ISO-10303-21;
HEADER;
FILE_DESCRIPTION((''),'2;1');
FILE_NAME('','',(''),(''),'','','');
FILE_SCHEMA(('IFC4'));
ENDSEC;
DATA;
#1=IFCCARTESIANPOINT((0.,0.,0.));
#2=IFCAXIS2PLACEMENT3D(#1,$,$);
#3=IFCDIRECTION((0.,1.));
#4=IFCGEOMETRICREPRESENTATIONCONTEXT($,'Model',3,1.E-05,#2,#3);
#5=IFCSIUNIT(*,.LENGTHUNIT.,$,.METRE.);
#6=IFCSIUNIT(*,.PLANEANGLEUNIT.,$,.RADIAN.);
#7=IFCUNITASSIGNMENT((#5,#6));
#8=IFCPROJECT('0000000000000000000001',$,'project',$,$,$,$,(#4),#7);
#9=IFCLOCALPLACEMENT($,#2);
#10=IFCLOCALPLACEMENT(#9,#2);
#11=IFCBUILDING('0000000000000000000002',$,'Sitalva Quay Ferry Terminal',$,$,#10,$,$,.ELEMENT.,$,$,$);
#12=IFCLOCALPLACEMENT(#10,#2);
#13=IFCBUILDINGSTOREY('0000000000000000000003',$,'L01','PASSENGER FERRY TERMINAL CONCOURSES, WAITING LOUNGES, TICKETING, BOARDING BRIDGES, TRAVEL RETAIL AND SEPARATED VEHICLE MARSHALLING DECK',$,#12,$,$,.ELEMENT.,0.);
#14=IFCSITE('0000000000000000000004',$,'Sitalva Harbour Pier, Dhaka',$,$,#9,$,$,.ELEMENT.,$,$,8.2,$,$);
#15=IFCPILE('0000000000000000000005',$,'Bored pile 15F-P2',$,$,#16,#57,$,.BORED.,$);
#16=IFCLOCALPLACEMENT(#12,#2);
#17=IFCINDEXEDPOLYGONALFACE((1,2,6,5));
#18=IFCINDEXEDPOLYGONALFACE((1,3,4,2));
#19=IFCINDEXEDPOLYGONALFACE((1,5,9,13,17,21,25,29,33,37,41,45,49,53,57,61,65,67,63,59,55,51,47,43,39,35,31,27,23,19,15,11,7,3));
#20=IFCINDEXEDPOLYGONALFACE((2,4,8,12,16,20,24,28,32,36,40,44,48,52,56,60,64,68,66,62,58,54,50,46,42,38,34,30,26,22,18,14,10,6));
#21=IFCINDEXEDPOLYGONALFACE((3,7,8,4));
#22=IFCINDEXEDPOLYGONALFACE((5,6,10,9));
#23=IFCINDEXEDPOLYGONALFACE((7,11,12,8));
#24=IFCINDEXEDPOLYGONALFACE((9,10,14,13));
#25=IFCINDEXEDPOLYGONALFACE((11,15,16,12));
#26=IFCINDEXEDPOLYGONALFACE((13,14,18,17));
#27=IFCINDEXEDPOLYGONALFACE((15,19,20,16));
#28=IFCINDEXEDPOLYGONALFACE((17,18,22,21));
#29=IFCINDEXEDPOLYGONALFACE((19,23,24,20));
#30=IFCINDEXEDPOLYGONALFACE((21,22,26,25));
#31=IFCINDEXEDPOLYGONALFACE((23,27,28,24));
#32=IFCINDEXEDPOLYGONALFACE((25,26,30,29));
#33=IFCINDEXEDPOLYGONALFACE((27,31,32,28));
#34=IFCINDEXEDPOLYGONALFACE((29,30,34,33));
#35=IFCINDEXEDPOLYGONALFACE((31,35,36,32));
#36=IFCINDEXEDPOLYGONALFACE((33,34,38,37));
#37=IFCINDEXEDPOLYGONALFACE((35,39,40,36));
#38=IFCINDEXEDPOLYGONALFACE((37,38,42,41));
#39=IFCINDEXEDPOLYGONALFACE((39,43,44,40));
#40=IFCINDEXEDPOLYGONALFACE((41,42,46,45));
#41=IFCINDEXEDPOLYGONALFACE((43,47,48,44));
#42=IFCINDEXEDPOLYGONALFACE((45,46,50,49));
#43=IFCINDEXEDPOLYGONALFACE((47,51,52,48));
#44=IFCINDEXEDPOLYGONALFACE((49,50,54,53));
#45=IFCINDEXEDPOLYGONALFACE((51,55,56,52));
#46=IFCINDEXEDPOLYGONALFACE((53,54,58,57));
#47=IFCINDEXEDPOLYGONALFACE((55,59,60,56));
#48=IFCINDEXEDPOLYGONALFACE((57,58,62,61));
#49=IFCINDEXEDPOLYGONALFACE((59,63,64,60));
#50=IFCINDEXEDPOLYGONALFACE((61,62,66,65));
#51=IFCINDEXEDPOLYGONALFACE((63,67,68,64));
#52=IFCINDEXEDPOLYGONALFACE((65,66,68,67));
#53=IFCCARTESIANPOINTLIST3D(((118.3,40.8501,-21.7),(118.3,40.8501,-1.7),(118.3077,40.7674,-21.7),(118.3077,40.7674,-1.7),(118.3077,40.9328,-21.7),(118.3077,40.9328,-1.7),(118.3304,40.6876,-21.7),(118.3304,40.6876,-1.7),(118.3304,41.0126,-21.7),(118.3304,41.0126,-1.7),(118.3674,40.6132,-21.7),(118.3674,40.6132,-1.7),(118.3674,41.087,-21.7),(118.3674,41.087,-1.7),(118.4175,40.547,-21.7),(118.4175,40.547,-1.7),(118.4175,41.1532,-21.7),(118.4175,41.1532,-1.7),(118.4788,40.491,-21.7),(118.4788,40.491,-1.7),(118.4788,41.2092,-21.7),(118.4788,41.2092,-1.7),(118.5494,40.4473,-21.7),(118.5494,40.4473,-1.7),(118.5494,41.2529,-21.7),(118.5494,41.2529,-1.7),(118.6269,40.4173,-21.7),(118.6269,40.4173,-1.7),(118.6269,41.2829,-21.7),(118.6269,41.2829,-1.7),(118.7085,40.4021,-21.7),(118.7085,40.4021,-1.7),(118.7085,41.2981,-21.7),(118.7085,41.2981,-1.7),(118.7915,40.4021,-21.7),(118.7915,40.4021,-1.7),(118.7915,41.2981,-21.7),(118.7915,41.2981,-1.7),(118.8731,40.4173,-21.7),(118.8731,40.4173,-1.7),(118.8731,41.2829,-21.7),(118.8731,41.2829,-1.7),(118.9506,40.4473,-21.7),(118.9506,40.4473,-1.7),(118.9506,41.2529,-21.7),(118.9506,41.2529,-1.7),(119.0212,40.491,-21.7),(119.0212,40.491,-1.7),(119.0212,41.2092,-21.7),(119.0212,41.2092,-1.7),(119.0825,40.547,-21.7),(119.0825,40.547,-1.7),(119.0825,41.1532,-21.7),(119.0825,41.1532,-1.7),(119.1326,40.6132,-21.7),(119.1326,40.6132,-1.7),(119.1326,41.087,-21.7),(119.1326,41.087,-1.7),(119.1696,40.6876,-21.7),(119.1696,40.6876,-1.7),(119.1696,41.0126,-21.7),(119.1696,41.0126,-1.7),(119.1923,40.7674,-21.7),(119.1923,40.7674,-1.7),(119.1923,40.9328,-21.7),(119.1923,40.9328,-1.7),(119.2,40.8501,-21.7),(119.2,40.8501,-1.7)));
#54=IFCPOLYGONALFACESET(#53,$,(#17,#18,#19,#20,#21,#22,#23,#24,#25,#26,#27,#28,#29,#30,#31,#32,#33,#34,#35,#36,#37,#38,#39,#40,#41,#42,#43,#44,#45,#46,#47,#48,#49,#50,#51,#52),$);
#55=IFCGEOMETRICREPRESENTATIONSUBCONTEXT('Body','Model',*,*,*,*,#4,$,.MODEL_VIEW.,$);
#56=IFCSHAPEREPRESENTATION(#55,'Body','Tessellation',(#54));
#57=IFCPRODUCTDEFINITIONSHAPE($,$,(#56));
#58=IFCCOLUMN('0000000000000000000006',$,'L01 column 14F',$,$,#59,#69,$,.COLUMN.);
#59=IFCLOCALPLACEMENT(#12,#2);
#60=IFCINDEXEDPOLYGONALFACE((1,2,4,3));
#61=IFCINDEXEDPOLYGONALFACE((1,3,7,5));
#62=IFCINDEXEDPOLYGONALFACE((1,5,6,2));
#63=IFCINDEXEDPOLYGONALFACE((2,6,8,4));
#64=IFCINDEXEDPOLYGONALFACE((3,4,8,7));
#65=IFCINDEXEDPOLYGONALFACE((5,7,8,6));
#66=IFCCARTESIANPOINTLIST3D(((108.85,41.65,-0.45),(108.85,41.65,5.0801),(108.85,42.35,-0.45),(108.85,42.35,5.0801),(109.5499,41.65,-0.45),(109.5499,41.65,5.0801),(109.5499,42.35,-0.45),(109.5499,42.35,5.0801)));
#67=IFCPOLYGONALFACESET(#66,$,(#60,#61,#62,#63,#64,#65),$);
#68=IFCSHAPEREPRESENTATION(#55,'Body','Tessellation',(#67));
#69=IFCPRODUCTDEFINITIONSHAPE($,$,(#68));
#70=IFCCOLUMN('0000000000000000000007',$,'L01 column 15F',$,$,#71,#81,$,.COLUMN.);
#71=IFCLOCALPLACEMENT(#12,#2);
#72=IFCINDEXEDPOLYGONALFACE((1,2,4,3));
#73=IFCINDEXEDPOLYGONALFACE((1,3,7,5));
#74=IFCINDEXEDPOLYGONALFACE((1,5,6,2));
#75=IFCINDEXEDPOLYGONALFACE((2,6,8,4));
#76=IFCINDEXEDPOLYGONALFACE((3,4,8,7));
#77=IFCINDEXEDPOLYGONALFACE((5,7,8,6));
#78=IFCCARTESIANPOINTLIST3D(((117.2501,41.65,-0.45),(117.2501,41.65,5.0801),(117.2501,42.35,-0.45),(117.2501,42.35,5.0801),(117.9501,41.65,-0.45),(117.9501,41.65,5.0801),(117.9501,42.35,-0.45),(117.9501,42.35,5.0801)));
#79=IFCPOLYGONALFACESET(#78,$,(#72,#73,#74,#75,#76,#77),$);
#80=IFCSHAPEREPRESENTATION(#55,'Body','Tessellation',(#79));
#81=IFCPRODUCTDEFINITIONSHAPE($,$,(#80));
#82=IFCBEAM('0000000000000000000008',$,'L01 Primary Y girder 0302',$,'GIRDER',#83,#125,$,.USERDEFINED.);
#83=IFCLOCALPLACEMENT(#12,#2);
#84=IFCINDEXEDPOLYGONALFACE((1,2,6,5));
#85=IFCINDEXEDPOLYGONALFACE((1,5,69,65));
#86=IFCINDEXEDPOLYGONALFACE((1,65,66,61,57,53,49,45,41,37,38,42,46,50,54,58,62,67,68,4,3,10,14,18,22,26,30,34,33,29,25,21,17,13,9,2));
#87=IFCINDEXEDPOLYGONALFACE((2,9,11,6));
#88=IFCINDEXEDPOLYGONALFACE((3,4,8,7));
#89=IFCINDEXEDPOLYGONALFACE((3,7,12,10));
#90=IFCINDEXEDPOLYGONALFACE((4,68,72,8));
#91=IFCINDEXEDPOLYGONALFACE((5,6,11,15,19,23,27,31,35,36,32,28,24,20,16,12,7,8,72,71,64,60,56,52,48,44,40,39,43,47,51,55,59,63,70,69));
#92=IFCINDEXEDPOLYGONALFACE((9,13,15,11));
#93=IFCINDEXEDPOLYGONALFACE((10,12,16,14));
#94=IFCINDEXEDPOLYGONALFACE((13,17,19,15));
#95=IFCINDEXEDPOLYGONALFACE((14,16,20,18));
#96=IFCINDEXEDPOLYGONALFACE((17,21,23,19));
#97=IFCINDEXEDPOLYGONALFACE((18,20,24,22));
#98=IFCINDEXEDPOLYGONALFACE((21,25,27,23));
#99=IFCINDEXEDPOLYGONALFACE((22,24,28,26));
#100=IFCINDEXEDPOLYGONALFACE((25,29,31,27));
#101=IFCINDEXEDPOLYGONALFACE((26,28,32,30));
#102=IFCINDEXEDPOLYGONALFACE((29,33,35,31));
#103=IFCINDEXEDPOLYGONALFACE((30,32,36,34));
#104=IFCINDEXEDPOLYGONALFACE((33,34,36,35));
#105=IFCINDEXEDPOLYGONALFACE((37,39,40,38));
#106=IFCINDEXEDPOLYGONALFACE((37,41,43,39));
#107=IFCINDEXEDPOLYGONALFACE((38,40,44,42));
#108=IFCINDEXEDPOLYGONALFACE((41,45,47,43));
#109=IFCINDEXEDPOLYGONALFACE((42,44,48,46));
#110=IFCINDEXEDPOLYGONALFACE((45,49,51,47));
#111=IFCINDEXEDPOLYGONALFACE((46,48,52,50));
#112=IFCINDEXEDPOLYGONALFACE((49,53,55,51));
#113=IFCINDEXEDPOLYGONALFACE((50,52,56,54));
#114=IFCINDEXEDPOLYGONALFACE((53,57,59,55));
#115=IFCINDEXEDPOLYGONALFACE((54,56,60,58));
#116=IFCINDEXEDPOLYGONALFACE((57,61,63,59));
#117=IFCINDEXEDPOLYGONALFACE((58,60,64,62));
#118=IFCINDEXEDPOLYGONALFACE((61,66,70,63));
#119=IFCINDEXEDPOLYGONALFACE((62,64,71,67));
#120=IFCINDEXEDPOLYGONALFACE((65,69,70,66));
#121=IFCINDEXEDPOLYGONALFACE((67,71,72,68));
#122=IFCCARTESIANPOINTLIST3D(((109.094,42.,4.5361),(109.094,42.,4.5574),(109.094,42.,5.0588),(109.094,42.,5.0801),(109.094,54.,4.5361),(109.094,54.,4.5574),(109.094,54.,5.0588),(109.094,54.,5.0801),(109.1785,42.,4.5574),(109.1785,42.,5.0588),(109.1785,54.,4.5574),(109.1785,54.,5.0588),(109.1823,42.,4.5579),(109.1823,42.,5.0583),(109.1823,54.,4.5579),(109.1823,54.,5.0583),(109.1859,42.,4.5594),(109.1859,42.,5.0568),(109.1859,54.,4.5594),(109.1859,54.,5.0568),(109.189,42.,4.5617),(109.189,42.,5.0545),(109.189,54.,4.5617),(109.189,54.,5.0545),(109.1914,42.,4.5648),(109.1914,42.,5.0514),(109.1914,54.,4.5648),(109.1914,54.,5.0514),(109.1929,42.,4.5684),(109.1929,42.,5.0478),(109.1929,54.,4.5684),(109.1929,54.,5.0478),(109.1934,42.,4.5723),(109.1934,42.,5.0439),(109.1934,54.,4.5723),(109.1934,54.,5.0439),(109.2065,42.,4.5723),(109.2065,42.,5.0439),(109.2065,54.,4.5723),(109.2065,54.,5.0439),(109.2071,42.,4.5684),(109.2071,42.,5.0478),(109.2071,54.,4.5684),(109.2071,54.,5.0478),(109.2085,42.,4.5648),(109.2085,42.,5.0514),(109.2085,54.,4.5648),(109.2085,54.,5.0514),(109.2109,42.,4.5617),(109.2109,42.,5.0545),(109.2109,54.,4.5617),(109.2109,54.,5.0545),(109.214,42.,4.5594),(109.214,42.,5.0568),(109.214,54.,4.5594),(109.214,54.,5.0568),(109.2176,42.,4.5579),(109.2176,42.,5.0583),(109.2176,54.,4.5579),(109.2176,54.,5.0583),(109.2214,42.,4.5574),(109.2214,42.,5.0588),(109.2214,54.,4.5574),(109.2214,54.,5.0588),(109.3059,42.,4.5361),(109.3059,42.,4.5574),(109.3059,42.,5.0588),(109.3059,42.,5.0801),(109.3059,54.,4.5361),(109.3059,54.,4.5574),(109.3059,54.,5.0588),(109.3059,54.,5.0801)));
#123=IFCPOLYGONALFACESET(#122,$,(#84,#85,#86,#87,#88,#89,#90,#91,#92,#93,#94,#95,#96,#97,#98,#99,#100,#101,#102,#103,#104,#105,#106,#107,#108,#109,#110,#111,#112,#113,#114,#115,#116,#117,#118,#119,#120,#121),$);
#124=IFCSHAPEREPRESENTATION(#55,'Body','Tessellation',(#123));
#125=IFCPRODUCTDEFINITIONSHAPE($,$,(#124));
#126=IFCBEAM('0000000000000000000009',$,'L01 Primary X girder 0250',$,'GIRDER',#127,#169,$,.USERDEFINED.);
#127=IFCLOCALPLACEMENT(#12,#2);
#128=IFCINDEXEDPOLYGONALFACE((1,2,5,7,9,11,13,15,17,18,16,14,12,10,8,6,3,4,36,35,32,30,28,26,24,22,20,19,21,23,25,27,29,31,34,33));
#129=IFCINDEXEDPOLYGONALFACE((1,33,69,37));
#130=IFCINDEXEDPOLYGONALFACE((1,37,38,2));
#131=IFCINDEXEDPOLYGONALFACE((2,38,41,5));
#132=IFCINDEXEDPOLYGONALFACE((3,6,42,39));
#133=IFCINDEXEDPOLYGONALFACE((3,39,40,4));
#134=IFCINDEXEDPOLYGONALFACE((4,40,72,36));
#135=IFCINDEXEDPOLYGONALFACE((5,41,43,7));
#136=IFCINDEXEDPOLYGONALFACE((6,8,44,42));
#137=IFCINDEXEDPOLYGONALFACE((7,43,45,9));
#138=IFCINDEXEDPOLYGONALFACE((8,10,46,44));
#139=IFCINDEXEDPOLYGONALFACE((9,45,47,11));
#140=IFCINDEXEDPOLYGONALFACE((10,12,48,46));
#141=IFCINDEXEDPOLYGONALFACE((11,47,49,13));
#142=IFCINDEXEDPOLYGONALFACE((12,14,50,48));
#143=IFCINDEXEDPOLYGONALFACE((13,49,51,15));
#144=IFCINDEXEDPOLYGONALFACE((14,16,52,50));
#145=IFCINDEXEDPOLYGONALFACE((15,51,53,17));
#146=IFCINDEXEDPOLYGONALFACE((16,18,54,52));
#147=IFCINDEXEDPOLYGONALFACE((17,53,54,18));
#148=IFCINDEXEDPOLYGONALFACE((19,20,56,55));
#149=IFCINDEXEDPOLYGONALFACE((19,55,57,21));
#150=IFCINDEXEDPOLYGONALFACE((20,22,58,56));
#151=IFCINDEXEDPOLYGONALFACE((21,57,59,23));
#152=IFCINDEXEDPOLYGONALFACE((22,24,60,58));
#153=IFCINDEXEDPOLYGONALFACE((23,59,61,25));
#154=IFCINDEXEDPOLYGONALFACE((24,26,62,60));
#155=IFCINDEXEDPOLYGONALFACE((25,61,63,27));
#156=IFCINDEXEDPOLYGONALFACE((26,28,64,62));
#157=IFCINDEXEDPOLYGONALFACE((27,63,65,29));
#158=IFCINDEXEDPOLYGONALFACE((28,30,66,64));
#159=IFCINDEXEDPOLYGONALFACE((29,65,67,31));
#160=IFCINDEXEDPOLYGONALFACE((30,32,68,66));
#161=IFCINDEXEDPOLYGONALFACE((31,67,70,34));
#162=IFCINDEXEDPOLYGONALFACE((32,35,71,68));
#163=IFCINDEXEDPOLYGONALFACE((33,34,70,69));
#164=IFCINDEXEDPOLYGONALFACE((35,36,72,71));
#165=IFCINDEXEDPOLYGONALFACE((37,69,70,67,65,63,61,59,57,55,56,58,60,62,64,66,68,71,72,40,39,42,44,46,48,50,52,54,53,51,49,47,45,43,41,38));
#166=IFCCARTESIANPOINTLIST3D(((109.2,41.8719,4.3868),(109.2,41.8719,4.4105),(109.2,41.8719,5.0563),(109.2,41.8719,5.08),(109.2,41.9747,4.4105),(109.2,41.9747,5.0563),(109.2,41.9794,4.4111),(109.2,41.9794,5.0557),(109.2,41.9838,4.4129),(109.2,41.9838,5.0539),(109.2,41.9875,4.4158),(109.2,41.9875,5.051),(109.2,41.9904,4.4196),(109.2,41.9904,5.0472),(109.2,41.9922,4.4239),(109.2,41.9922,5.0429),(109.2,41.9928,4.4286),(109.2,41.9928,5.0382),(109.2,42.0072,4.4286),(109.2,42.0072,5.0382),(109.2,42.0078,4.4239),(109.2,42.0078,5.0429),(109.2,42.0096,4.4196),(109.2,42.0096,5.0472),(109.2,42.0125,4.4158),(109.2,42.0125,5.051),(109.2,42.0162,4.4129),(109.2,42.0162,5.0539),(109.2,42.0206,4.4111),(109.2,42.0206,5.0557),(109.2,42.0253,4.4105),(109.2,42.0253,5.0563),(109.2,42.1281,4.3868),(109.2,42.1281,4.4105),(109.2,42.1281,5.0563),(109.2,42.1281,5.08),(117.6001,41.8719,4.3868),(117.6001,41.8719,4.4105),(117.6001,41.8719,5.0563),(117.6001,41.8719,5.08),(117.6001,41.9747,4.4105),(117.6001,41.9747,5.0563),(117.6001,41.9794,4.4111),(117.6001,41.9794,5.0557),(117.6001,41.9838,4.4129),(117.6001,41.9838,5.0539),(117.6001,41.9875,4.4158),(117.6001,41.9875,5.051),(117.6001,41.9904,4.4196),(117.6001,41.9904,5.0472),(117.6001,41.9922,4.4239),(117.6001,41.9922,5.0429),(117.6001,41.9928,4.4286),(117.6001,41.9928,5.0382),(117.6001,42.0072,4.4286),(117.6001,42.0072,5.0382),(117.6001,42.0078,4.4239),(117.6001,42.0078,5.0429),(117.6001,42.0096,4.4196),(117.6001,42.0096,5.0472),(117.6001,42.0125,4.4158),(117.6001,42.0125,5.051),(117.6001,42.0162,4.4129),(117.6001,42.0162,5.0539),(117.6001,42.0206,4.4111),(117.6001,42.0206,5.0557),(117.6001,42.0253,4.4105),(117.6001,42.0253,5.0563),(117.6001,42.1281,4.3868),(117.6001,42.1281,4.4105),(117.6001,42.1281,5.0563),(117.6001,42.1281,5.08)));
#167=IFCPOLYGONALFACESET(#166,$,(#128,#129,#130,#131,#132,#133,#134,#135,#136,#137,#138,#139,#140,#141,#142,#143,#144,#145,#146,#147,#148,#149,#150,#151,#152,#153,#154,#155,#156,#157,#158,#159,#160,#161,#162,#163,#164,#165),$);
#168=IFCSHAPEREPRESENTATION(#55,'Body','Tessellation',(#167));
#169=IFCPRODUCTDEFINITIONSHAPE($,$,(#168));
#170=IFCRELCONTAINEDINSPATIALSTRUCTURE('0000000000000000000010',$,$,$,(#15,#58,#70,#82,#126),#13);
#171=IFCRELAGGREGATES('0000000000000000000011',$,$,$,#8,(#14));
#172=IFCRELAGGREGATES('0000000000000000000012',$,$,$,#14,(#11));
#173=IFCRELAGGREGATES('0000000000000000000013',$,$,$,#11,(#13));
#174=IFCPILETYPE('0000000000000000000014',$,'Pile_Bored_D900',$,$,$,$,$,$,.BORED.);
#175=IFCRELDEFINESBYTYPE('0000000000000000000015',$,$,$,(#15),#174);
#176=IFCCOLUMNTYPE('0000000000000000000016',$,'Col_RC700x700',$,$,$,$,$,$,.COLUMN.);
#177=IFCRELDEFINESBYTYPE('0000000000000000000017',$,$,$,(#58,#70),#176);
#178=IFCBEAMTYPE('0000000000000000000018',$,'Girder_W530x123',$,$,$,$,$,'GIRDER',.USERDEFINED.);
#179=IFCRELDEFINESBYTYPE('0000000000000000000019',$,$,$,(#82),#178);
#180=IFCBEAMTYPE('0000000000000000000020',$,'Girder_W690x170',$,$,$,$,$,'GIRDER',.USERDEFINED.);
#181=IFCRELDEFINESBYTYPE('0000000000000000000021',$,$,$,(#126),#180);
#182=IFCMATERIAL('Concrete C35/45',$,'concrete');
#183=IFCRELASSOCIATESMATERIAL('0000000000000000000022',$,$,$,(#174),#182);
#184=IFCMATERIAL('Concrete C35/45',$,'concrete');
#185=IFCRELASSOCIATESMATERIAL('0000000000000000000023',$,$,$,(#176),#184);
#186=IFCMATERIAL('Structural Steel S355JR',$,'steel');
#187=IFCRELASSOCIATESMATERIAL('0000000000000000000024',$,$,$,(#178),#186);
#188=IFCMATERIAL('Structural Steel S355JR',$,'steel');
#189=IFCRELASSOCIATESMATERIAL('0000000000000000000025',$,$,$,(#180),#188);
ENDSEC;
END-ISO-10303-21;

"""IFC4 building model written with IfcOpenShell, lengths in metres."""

from ifc_helpers import new_model, si_unit, direction, frame, origin, origin_2d, place, context, subcontext, project, spatial, rectangle, circle, i_section, extrude, material, material_profile, profile_set, type_object, element, save


model = new_model("IFC4")

# Units and contexts
model_context = context("Model", 3, precision=1e-05, world=origin(), true_north=direction((0.0, 1.0)))
body_context = subcontext(model_context, "Body", "Model", "MODEL_VIEW")
ifc_project = project(units=[si_unit("LENGTHUNIT", "METRE"), si_unit("PLANEANGLEUNIT", "RADIAN")], contexts=[model_context])

# Site, building, storey
site_placement = place(None, origin())
site = spatial("IfcSite", under=ifc_project, at=site_placement, Name="Sitalva Harbour Pier, Dhaka", CompositionType="ELEMENT", RefElevation=8.2)
building_placement = place(site_placement, origin())
building = spatial("IfcBuilding", under=site, at=building_placement, Name="Sitalva Quay Ferry Terminal", CompositionType="ELEMENT")
storey_placement = place(building_placement, origin())
storey = spatial("IfcBuildingStorey", under=building, at=storey_placement, Name="L01", Description="PASSENGER FERRY TERMINAL CONCOURSES, WAITING LOUNGES, TICKETING, BOARDING BRIDGES, TRAVEL RETAIL AND SEPARATED VEHICLE MARSHALLING DECK", CompositionType="ELEMENT", Elevation=0.0)

# Pile
ifc_material_1 = material(Name="Concrete C35/45", Category="concrete")
ifc_material_profile_1 = material_profile(ifc_material_1, circle(Radius=0.45, at=origin_2d()), Name="PILE-D900")
ifc_profile_set_1 = profile_set([ifc_material_profile_1], Name="Concrete C35/45")
pile_type_1 = type_object("IfcPileType", Name="Pile_Bored_D900", PredefinedType="BORED", material=ifc_profile_set_1)
for number, where, z_axis, x_axis, name in (
    (1, (118.75, 40.8501, -1.7), (0.0, 0.0, -1.0), (1.0, 0.0, 0.0), "Bored pile 15F-P2"),
):
    element("IfcPile", number, at=place(storey_placement, frame(where, z_axis=z_axis, x_axis=x_axis)), inside=storey, type_object=pile_type_1, Name=name, PredefinedType="BORED", context=body_context, shape_type="SweptSolid", body=[
        extrude(circle(Radius=0.45, at=origin_2d()), origin(), (0.0, 0.0, 1.0), 20.0),
    ])

# Columns
ifc_material_2 = material(Name="Concrete C35/45", Category="concrete")
ifc_material_profile_2 = material_profile(ifc_material_2, rectangle(XDim=0.7, YDim=0.7, at=origin_2d()), Name="RC700x700")
ifc_profile_set_2 = profile_set([ifc_material_profile_2], Name="Concrete C35/45")
column_type = type_object("IfcColumnType", Name="Col_RC700x700", PredefinedType="COLUMN", material=ifc_profile_set_2)
for number, where, z_axis, x_axis, name in (
    (2, (109.2, 42.0, -0.45), (0.0, 0.0, 1.0), (1.0, 0.0, 0.0), "L01 column 14F"),
    (3, (117.6001, 42.0, -0.45), (0.0, 0.0, 1.0), (1.0, 0.0, 0.0), "L01 column 15F"),
):
    element("IfcColumn", number, at=place(storey_placement, frame(where, z_axis=z_axis, x_axis=x_axis)), inside=storey, type_object=column_type, Name=name, PredefinedType="COLUMN", context=body_context, shape_type="SweptSolid", body=[
        extrude(rectangle(XDim=0.7, YDim=0.7, at=origin_2d()), origin(), (0.0, 0.0, 1.0), 5.53),
    ])

# Beams
ifc_material_3 = material(Name="Structural Steel S355JR", Category="steel")
ifc_material_profile_3 = material_profile(ifc_material_3, i_section(OverallWidth=0.2119, OverallDepth=0.5439, WebThickness=0.0132, FlangeThickness=0.0212, FilletRadius=0.0149, at=origin_2d()), Name="W530x123")
ifc_profile_set_3 = profile_set([ifc_material_profile_3], Name="Structural Steel S355JR")
beam_type_1 = type_object("IfcBeamType", Name="Girder_W530x123", ElementType="GIRDER", PredefinedType="USERDEFINED", material=ifc_profile_set_3)
beam_1_placement = place(storey_placement, frame((109.2, 42.0, 4.8081), z_axis=(0.0, 1.0, 0.0), x_axis=(-1.0, 0.0, 0.0)))
element("IfcBeam", 4, at=beam_1_placement, inside=storey, type_object=beam_type_1, Name="L01 Primary Y girder 0302", ObjectType="GIRDER", PredefinedType="USERDEFINED", context=body_context, shape_type="SweptSolid", body=[
    extrude(i_section(OverallWidth=0.2119, OverallDepth=0.5439, WebThickness=0.0132, FlangeThickness=0.0212, FilletRadius=0.0149, at=origin_2d()), origin(), (0.0, 0.0, 1.0), 12.0),
])
ifc_material_4 = material(Name="Structural Steel S355JR", Category="steel")
ifc_material_profile_4 = material_profile(ifc_material_4, i_section(OverallWidth=0.2561, OverallDepth=0.6931, WebThickness=0.0144, FlangeThickness=0.0237, FilletRadius=0.0181, at=origin_2d()), Name="W690x170")
ifc_profile_set_4 = profile_set([ifc_material_profile_4], Name="Structural Steel S355JR")
beam_type_2 = type_object("IfcBeamType", Name="Girder_W690x170", ElementType="GIRDER", PredefinedType="USERDEFINED", material=ifc_profile_set_4)
beam_2_placement = place(storey_placement, frame((109.2, 42.0, 4.7334), z_axis=(1.0, 0.0, 0.0), x_axis=(0.0, 1.0, 0.0)))
element("IfcBeam", 5, at=beam_2_placement, inside=storey, type_object=beam_type_2, Name="L01 Primary X girder 0250", ObjectType="GIRDER", PredefinedType="USERDEFINED", context=body_context, shape_type="SweptSolid", body=[
    extrude(i_section(OverallWidth=0.2561, OverallDepth=0.6931, WebThickness=0.0144, FlangeThickness=0.0237, FilletRadius=0.0181, at=origin_2d()), origin(), (0.0, 0.0, 1.0), 8.4001),
])

save(model, "model.ifc")
